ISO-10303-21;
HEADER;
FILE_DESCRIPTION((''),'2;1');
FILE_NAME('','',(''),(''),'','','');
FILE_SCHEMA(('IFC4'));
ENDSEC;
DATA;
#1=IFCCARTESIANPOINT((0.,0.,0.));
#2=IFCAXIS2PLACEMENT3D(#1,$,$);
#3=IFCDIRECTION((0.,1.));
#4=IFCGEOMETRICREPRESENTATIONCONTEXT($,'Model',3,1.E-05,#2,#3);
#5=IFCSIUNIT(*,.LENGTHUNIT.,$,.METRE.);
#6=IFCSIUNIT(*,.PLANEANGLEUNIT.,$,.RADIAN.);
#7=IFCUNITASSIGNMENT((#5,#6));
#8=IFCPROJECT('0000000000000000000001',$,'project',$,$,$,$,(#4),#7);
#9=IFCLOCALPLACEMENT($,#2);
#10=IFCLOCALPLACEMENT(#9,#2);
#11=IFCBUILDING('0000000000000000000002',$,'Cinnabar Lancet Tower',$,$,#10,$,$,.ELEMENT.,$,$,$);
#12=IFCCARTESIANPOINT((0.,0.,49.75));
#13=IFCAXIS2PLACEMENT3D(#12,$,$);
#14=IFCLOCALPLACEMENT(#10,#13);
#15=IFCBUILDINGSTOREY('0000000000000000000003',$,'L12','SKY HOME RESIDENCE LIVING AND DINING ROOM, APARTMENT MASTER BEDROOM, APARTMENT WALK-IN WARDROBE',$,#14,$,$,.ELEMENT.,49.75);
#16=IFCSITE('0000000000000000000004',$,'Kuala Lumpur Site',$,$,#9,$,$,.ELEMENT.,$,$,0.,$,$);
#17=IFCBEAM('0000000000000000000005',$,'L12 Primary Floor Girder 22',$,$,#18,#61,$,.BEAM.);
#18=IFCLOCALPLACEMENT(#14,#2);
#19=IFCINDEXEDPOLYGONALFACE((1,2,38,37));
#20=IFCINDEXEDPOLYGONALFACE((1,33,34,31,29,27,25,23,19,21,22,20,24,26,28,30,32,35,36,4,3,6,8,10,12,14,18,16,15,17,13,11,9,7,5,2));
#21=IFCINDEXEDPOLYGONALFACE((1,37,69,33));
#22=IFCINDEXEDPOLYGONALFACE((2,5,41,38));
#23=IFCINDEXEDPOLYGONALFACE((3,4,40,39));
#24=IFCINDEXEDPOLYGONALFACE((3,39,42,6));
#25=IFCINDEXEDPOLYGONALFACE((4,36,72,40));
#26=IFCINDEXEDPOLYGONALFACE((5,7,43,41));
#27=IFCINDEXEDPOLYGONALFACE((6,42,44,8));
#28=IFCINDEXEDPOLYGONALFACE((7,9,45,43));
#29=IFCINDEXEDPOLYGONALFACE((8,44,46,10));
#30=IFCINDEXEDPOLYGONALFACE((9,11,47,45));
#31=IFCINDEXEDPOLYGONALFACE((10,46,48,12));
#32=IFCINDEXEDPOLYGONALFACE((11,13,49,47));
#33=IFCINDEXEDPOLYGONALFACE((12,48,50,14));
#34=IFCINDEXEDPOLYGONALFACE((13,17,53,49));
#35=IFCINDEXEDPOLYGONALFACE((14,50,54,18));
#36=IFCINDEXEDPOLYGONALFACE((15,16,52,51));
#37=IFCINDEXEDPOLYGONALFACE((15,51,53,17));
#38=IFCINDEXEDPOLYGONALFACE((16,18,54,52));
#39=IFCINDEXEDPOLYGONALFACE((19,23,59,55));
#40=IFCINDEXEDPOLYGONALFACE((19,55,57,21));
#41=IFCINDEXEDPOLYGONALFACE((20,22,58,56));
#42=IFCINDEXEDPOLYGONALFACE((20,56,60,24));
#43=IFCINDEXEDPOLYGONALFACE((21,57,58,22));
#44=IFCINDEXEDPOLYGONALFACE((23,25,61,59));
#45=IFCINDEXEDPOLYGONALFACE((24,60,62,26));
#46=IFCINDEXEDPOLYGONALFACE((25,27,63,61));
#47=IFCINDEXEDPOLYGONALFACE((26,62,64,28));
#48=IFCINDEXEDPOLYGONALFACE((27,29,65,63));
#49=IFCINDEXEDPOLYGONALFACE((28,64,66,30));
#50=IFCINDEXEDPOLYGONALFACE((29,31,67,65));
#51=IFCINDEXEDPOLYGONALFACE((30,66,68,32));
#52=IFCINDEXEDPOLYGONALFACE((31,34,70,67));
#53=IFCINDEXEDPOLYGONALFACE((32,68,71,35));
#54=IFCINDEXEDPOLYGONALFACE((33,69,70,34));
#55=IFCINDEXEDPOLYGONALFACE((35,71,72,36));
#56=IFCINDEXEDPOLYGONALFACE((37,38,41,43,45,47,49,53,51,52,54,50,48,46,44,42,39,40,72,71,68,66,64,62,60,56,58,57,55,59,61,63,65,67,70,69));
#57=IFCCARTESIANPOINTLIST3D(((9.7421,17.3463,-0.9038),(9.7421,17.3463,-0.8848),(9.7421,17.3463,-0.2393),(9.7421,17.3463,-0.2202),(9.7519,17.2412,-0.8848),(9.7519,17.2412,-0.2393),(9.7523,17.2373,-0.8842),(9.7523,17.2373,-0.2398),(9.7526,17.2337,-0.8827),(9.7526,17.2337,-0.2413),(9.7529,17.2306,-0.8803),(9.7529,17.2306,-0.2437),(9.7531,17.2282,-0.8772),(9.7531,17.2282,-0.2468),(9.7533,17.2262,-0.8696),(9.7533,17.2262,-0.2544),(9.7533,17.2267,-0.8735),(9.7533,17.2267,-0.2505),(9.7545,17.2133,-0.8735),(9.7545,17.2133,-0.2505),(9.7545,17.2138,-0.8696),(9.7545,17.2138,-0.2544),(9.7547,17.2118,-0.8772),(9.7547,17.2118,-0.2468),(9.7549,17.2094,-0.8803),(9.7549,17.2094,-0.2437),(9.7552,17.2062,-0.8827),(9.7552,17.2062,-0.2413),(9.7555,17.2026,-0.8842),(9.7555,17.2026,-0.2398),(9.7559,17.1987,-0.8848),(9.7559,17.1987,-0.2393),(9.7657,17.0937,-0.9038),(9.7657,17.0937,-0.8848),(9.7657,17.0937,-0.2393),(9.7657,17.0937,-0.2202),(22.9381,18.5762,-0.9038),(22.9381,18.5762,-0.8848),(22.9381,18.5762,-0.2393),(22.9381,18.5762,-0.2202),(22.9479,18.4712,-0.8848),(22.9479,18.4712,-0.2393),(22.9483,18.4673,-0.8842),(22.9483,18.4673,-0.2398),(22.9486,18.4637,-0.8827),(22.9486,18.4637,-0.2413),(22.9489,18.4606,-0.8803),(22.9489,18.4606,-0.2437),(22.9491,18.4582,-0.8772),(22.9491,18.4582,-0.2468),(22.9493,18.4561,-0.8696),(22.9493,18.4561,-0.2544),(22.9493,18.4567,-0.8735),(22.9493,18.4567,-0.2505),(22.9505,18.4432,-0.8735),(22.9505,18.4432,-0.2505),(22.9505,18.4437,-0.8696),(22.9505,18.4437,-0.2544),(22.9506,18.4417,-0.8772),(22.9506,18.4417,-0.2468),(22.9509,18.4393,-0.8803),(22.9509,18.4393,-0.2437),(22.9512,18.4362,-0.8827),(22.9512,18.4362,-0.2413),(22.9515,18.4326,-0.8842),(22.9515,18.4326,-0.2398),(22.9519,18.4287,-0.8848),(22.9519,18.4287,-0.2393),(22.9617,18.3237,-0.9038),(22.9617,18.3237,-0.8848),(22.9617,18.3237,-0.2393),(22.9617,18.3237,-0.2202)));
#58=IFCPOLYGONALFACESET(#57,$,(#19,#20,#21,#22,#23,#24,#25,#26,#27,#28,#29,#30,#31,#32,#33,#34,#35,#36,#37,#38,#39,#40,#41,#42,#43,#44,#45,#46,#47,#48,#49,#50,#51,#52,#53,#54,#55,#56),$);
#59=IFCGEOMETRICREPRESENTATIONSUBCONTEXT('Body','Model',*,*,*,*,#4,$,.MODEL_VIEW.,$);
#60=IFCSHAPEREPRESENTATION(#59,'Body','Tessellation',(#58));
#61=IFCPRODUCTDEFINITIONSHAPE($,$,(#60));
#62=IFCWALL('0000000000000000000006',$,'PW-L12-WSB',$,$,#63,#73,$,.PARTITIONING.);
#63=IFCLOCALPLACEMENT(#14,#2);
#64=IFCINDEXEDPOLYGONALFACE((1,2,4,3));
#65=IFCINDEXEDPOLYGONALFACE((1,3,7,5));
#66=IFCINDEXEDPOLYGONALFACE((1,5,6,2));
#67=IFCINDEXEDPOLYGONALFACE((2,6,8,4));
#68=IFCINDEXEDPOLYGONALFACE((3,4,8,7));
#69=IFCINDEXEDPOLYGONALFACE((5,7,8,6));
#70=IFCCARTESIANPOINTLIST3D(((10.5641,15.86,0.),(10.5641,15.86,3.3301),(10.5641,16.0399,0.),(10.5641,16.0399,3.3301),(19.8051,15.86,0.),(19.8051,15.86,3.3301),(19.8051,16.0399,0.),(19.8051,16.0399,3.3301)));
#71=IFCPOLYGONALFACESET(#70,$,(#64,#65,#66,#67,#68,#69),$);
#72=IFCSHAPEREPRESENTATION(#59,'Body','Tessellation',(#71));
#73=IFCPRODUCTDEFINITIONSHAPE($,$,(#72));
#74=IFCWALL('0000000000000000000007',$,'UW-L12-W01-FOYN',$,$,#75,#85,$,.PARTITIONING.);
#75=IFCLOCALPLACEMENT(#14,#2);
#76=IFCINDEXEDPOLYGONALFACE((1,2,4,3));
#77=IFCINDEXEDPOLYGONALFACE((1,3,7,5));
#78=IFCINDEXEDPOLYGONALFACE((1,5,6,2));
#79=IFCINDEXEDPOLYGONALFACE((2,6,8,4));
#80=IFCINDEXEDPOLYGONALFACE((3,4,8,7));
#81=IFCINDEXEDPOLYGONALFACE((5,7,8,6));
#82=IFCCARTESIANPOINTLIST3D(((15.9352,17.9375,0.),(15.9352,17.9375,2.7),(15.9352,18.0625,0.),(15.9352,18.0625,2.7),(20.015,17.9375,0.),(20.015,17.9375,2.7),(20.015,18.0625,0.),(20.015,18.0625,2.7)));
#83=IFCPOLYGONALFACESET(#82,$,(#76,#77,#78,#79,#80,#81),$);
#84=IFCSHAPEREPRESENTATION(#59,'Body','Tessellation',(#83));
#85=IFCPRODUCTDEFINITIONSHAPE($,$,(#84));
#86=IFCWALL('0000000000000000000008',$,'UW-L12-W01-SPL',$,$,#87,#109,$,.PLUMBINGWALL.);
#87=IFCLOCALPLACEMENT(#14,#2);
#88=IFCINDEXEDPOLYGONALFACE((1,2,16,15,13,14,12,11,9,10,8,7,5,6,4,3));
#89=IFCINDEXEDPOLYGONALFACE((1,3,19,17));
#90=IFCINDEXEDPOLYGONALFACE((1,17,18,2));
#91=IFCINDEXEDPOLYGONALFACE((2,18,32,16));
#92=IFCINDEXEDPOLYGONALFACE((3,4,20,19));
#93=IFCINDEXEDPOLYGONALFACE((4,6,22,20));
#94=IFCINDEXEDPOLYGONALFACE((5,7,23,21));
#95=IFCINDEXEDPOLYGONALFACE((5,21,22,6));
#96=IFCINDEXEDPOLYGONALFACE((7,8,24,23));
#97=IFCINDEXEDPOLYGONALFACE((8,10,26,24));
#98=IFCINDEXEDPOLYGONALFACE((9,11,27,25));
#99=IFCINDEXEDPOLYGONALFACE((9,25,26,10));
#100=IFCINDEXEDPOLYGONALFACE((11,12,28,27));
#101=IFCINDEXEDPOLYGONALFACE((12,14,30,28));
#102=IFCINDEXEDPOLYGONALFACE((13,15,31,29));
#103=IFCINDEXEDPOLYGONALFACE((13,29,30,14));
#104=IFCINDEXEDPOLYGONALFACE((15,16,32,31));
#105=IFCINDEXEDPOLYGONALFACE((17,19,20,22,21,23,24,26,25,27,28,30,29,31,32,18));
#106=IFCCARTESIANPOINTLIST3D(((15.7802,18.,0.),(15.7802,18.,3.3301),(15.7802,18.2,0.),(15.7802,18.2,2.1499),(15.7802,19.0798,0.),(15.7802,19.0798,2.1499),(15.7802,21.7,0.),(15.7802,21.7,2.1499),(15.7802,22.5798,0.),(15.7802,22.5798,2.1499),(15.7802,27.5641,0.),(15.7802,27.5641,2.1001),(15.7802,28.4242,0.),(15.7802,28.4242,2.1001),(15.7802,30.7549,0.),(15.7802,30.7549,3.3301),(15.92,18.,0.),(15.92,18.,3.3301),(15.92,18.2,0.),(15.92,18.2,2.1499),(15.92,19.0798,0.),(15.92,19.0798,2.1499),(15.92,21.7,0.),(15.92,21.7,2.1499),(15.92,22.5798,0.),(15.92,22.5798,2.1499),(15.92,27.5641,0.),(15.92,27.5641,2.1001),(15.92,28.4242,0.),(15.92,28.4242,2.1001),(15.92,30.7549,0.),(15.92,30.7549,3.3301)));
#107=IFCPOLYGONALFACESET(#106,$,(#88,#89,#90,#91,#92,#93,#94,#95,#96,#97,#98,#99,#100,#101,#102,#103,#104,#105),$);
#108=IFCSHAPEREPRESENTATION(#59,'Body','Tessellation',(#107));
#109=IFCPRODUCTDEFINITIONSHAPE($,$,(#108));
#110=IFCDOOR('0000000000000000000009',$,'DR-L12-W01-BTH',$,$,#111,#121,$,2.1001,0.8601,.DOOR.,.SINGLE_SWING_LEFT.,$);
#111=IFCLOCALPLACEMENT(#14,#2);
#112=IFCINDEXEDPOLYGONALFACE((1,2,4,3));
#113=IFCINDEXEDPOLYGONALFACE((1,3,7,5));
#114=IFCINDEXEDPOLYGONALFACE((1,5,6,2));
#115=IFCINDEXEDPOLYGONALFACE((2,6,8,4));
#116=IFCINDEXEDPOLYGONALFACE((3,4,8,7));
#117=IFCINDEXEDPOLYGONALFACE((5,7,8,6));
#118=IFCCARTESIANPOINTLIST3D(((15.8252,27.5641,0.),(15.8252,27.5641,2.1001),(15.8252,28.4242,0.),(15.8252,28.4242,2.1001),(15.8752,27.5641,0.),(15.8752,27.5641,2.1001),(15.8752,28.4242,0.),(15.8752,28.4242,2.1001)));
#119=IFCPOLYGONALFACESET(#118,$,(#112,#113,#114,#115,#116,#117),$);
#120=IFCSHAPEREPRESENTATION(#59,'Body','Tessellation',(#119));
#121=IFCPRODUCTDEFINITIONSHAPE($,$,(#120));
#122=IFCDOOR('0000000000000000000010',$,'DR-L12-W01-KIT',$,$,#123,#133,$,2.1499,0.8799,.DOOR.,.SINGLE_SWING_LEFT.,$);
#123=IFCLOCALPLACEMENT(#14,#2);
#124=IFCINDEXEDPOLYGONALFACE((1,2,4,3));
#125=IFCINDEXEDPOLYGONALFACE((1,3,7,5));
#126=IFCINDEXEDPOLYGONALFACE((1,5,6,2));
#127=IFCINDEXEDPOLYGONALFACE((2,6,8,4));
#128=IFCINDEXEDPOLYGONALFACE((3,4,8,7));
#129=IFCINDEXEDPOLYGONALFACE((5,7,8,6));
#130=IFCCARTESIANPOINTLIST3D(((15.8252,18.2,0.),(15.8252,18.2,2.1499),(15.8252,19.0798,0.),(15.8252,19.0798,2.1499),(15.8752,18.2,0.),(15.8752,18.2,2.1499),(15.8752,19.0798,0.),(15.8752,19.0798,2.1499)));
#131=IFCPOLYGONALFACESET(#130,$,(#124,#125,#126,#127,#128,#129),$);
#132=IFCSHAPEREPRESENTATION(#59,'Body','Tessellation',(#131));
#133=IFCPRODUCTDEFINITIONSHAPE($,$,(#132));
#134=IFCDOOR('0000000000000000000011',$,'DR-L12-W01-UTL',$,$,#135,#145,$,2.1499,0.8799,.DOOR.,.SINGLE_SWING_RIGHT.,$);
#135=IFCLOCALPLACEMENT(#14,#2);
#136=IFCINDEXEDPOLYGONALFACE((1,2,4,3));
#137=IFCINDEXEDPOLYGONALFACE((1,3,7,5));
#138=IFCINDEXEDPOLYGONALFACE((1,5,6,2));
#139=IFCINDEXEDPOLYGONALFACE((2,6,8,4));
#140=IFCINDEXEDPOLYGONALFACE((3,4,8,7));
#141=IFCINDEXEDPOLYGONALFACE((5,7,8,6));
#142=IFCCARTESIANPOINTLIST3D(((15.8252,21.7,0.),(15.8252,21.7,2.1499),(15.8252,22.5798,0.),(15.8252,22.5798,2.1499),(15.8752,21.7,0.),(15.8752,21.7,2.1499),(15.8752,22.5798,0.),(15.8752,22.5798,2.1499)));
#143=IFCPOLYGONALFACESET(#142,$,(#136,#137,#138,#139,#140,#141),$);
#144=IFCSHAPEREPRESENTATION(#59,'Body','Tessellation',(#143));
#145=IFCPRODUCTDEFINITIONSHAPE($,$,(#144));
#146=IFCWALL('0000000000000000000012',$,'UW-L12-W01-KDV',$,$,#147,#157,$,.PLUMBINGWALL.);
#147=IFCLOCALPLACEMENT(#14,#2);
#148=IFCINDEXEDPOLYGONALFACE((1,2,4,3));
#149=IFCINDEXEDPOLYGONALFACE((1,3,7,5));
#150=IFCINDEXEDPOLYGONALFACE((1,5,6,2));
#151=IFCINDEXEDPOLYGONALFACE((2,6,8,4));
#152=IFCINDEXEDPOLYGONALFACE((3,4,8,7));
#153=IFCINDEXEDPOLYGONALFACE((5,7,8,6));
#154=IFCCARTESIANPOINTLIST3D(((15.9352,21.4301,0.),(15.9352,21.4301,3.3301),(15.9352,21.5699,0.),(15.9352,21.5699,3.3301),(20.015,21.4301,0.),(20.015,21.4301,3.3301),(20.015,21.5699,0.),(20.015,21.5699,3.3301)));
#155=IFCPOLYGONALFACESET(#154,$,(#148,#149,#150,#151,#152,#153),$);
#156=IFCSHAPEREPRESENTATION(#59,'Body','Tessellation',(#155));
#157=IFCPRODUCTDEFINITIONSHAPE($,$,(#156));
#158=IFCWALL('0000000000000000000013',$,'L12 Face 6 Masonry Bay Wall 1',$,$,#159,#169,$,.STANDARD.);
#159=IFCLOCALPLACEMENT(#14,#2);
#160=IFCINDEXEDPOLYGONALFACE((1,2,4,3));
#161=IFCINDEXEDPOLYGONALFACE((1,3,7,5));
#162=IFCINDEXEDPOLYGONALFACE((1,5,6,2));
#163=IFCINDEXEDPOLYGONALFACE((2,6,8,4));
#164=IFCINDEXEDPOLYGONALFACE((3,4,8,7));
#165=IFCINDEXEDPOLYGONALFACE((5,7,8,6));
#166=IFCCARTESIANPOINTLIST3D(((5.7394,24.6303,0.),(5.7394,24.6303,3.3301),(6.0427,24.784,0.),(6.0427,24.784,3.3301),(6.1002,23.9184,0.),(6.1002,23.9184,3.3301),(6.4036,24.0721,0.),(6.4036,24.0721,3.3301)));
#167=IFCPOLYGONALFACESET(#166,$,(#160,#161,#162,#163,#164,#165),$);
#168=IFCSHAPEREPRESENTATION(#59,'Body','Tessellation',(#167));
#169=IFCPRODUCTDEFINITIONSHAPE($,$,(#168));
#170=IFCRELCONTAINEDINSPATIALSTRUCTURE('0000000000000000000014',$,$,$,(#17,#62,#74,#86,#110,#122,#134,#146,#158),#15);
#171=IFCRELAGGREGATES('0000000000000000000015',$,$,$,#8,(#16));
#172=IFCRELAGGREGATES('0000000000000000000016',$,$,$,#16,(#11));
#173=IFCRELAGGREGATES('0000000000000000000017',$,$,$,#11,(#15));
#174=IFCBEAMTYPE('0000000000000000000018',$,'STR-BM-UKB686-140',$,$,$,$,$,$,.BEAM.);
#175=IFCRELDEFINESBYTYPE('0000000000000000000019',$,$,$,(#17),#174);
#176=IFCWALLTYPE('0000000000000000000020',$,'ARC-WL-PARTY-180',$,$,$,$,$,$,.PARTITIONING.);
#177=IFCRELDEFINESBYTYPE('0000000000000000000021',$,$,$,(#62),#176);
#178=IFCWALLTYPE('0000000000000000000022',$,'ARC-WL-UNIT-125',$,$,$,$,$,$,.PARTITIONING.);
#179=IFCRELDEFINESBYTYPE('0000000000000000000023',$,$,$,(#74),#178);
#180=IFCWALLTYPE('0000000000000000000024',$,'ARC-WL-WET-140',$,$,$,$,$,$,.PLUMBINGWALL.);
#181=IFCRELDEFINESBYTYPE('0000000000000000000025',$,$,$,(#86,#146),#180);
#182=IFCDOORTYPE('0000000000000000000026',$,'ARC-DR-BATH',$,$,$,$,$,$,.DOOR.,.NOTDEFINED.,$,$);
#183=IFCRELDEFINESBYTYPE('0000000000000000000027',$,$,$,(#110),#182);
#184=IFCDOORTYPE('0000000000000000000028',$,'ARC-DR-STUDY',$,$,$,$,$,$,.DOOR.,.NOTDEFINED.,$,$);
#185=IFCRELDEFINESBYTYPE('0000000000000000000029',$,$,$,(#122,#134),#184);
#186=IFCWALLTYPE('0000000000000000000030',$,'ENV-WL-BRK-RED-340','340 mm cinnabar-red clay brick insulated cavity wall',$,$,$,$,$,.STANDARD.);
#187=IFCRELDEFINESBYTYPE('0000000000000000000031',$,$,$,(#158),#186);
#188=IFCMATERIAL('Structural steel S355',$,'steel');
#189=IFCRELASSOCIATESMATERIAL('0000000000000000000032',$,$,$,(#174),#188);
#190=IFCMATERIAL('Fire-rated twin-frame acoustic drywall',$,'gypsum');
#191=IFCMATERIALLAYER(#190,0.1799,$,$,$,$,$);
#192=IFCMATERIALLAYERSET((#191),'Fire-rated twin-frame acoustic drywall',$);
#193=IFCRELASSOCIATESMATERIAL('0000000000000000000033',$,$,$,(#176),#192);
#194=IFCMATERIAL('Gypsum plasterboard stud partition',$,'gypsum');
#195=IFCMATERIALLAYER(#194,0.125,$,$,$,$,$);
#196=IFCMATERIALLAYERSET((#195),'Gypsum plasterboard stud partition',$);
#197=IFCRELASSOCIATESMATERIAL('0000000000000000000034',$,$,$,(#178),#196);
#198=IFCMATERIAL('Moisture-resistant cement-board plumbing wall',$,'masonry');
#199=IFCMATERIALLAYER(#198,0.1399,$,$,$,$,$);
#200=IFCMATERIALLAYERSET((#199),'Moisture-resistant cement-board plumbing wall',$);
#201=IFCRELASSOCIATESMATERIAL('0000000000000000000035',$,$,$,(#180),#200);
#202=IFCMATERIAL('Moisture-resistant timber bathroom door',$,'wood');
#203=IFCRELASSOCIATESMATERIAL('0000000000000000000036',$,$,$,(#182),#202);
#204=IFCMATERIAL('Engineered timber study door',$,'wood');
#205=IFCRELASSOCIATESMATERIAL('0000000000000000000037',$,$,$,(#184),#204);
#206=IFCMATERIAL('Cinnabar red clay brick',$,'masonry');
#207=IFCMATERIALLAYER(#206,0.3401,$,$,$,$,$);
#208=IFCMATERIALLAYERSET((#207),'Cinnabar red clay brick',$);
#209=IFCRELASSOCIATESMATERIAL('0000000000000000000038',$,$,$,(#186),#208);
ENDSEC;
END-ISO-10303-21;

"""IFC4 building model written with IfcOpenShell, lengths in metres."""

from ifc_helpers import new_model, si_unit, direction, frame, frame_2d, origin, origin_2d, place, context, subcontext, project, spatial, rectangle, i_section, extrude, material, layer, layer_set, material_profile, profile_set, type_object, element, fill, save


model = new_model("IFC4")

# Units and contexts
model_context = context("Model", 3, precision=1e-05, world=origin(), true_north=direction((0.0, 1.0)))
body_context = subcontext(model_context, "Body", "Model", "MODEL_VIEW")
ifc_project = project(units=[si_unit("LENGTHUNIT", "METRE"), si_unit("PLANEANGLEUNIT", "RADIAN")], contexts=[model_context])

# Site, building, storey
site_placement = place(None, origin())
site = spatial("IfcSite", under=ifc_project, at=site_placement, Name="Kuala Lumpur Site", CompositionType="ELEMENT", RefElevation=0.0)
building_placement = place(site_placement, origin())
building = spatial("IfcBuilding", under=site, at=building_placement, Name="Cinnabar Lancet Tower", CompositionType="ELEMENT")
storey_placement = place(building_placement, frame((0.0, 0.0, 49.75)))
storey = spatial("IfcBuildingStorey", under=building, at=storey_placement, Name="L12", Description="SKY HOME RESIDENCE LIVING AND DINING ROOM, APARTMENT MASTER BEDROOM, APARTMENT WALK-IN WARDROBE", CompositionType="ELEMENT", Elevation=49.75)

# Beam
ifc_material_1 = material(Name="Structural steel S355", Category="steel")
ifc_material_profile_1 = material_profile(ifc_material_1, i_section(OverallWidth=0.2537, OverallDepth=0.6836, WebThickness=0.0125, FlangeThickness=0.019, FilletRadius=0.0151, at=origin_2d()), Name="UKB 686x254x140")
ifc_profile_set_1 = profile_set([ifc_material_profile_1], Name="Structural steel S355")
beam_type_1 = type_object("IfcBeamType", Name="STR-BM-UKB686-140", PredefinedType="BEAM", material=ifc_profile_set_1)
beam_1_placement = place(storey_placement, frame((9.7539, 17.22, -0.562), z_axis=(0.995684, 0.092806, 0.0), x_axis=(-0.092806, 0.995684, 0.0)))
element("IfcBeam", 1, at=beam_1_placement, inside=storey, type_object=beam_type_1, Name="L12 Primary Floor Girder 22", PredefinedType="BEAM", context=body_context, shape_type="SweptSolid", body=[
    extrude(i_section(OverallWidth=0.2537, OverallDepth=0.6836, WebThickness=0.0125, FlangeThickness=0.019, FilletRadius=0.0151, at=origin_2d()), origin(), (0.0, 0.0, 1.0), 13.2532),
])

# Walls
ifc_material_2 = material(Name="Fire-rated twin-frame acoustic drywall", Category="gypsum")
ifc_layer_1 = layer(ifc_material_2, 0.1799)
ifc_layer_set_1 = layer_set([ifc_layer_1], Name="Fire-rated twin-frame acoustic drywall")
wall_type_1 = type_object("IfcWallType", Name="ARC-WL-PARTY-180", PredefinedType="PARTITIONING", material=ifc_layer_set_1)
wall_1_placement = place(storey_placement, frame((10.564, 15.95, 0.0), z_axis=(0.0, 0.0, 1.0), x_axis=(1.0, 0.0, 0.0)))
element("IfcWall", 2, at=wall_1_placement, inside=storey, type_object=wall_type_1, Name="PW-L12-WSB", PredefinedType="PARTITIONING", context=body_context, shape_type="SweptSolid", body=[
    extrude(rectangle(XDim=9.241, YDim=0.1799, at=frame_2d((4.6206, 0.0))), origin(), (0.0, 0.0, 1.0), 3.3301),
])
ifc_material_3 = material(Name="Gypsum plasterboard stud partition", Category="gypsum")
ifc_layer_2 = layer(ifc_material_3, 0.125)
ifc_layer_set_2 = layer_set([ifc_layer_2], Name="Gypsum plasterboard stud partition")
wall_type_2 = type_object("IfcWallType", Name="ARC-WL-UNIT-125", PredefinedType="PARTITIONING", material=ifc_layer_set_2)
wall_2_placement = place(storey_placement, frame((15.9351, 18.0, 0.0), z_axis=(0.0, 0.0, 1.0), x_axis=(1.0, 0.0, 0.0)))
element("IfcWall", 3, at=wall_2_placement, inside=storey, type_object=wall_type_2, Name="UW-L12-W01-FOYN", PredefinedType="PARTITIONING", context=body_context, shape_type="SweptSolid", body=[
    extrude(rectangle(XDim=4.0798, YDim=0.125, at=frame_2d((2.04, 0.0))), origin(), (0.0, 0.0, 1.0), 2.7),
])

# Wall, openings, doors
ifc_material_4 = material(Name="Moisture-resistant cement-board plumbing wall", Category="masonry")
ifc_layer_3 = layer(ifc_material_4, 0.1399)
ifc_layer_set_3 = layer_set([ifc_layer_3], Name="Moisture-resistant cement-board plumbing wall")
wall_type_3 = type_object("IfcWallType", Name="ARC-WL-WET-140", PredefinedType="PLUMBINGWALL", material=ifc_layer_set_3)
wall_3_placement = place(storey_placement, frame((15.8501, 18.0, 0.0), z_axis=(0.0, 0.0, 1.0), x_axis=(0.0, 1.0, 0.0)))
wall_3 = element("IfcWall", 4, at=wall_3_placement, inside=storey, type_object=wall_type_3, Name="UW-L12-W01-SPL", PredefinedType="PLUMBINGWALL", context=body_context, shape_type="SweptSolid", body=[
    extrude(rectangle(XDim=12.7549, YDim=0.1399, at=frame_2d((6.3774, 0.0))), origin(), (0.0, 0.0, 1.0), 3.3301),
])
opening_1_placement = place(wall_3_placement, frame((0.2, 0.0, 0.0)))
opening_1 = element("IfcOpeningElement", 5, at=opening_1_placement, cuts=wall_3, PredefinedType="OPENING", context=body_context, shape_type="SweptSolid", body=[
    extrude(rectangle(XDim=0.8799, YDim=2.1499, at=frame_2d((0.4399, 1.075))), frame((0.0, 0.0798, 0.0), z_axis=(0.0, -1.0, 0.0), x_axis=(1.0, 0.0, 0.0)), (0.0, 0.0, 1.0), 0.1599),
])
opening_2_placement = place(wall_3_placement, frame((3.7, 0.0, 0.0)))
opening_2 = element("IfcOpeningElement", 6, at=opening_2_placement, cuts=wall_3, PredefinedType="OPENING", context=body_context, shape_type="SweptSolid", body=[
    extrude(rectangle(XDim=0.8799, YDim=2.1499, at=frame_2d((0.4399, 1.075))), frame((0.0, 0.0798, 0.0), z_axis=(0.0, -1.0, 0.0), x_axis=(1.0, 0.0, 0.0)), (0.0, 0.0, 1.0), 0.1599),
])
opening_3_placement = place(wall_3_placement, frame((9.564, 0.0, 0.0)))
opening_3 = element("IfcOpeningElement", 7, at=opening_3_placement, cuts=wall_3, PredefinedType="OPENING", context=body_context, shape_type="SweptSolid", body=[
    extrude(rectangle(XDim=0.8601, YDim=2.1001, at=frame_2d((0.4302, 1.05))), frame((0.0, 0.0798, 0.0), z_axis=(0.0, -1.0, 0.0), x_axis=(1.0, 0.0, 0.0)), (0.0, 0.0, 1.0), 0.1599),
])
ifc_material_5 = material(Name="Moisture-resistant timber bathroom door", Category="wood")
door_type_1 = type_object("IfcDoorType", Name="ARC-DR-BATH", OperationType="NOTDEFINED", PredefinedType="DOOR", material=ifc_material_5)
door_1_placement = place(opening_3_placement, origin())
door_1 = element("IfcDoor", 8, at=door_1_placement, inside=storey, type_object=door_type_1, Name="DR-L12-W01-BTH", OperationType="SINGLE_SWING_LEFT", OverallHeight=2.1001, OverallWidth=0.8601, PredefinedType="DOOR", context=body_context, shape_type="SweptSolid", body=[
    extrude(rectangle(XDim=0.8601, YDim=2.1001, at=frame_2d((0.4302, 1.05))), frame((0.0, 0.0249, 0.0), z_axis=(0.0, -1.0, 0.0), x_axis=(1.0, 0.0, 0.0)), (0.0, 0.0, 1.0), 0.05),
])
fill(opening_3, door_1)
ifc_material_6 = material(Name="Engineered timber study door", Category="wood")
door_type_2 = type_object("IfcDoorType", Name="ARC-DR-STUDY", OperationType="NOTDEFINED", PredefinedType="DOOR", material=ifc_material_6)
door_2_placement = place(opening_1_placement, origin())
door_2 = element("IfcDoor", 9, at=door_2_placement, inside=storey, type_object=door_type_2, Name="DR-L12-W01-KIT", OperationType="SINGLE_SWING_LEFT", OverallHeight=2.1499, OverallWidth=0.8799, PredefinedType="DOOR", context=body_context, shape_type="SweptSolid", body=[
    extrude(rectangle(XDim=0.8799, YDim=2.1499, at=frame_2d((0.4399, 1.075))), frame((0.0, 0.0249, 0.0), z_axis=(0.0, -1.0, 0.0), x_axis=(1.0, 0.0, 0.0)), (0.0, 0.0, 1.0), 0.05),
])
fill(opening_1, door_2)
door_3_placement = place(opening_2_placement, origin())
door_3 = element("IfcDoor", 10, at=door_3_placement, inside=storey, type_object=door_type_2, Name="DR-L12-W01-UTL", OperationType="SINGLE_SWING_RIGHT", OverallHeight=2.1499, OverallWidth=0.8799, PredefinedType="DOOR", context=body_context, shape_type="SweptSolid", body=[
    extrude(rectangle(XDim=0.8799, YDim=2.1499, at=frame_2d((0.4399, 1.075))), frame((0.0, 0.0249, 0.0), z_axis=(0.0, -1.0, 0.0), x_axis=(1.0, 0.0, 0.0)), (0.0, 0.0, 1.0), 0.05),
])
fill(opening_2, door_3)

# Walls
wall_4_placement = place(storey_placement, frame((15.9351, 21.5, 0.0), z_axis=(0.0, 0.0, 1.0), x_axis=(1.0, 0.0, 0.0)))
element("IfcWall", 11, at=wall_4_placement, inside=storey, type_object=wall_type_3, Name="UW-L12-W01-KDV", PredefinedType="PLUMBINGWALL", context=body_context, shape_type="SweptSolid", body=[
    extrude(rectangle(XDim=4.0798, YDim=0.1399, at=frame_2d((2.04, 0.0))), origin(), (0.0, 0.0, 1.0), 3.3301),
])
ifc_material_7 = material(Name="Cinnabar red clay brick", Category="masonry")
ifc_layer_4 = layer(ifc_material_7, 0.3401)
ifc_layer_set_4 = layer_set([ifc_layer_4], Name="Cinnabar red clay brick")
wall_type_4 = type_object("IfcWallType", Name="ENV-WL-BRK-RED-340", Description="340 mm cinnabar-red clay brick insulated cavity wall", PredefinedType="STANDARD", material=ifc_layer_set_4)
wall_5_placement = place(storey_placement, frame((5.8911, 24.707, 0.0), z_axis=(0.0, 0.0, 1.0), x_axis=(0.452101, -0.891967, 0.0)))
element("IfcWall", 12, at=wall_5_placement, inside=storey, type_object=wall_type_4, Name="L12 Face 6 Masonry Bay Wall 1", PredefinedType="STANDARD", context=body_context, shape_type="SweptSolid", body=[
    extrude(rectangle(XDim=0.7981, YDim=0.3401, at=frame_2d((0.3989, 0.0))), origin(), (0.0, 0.0, 1.0), 3.3301),
])

save(model, "model.ifc")
